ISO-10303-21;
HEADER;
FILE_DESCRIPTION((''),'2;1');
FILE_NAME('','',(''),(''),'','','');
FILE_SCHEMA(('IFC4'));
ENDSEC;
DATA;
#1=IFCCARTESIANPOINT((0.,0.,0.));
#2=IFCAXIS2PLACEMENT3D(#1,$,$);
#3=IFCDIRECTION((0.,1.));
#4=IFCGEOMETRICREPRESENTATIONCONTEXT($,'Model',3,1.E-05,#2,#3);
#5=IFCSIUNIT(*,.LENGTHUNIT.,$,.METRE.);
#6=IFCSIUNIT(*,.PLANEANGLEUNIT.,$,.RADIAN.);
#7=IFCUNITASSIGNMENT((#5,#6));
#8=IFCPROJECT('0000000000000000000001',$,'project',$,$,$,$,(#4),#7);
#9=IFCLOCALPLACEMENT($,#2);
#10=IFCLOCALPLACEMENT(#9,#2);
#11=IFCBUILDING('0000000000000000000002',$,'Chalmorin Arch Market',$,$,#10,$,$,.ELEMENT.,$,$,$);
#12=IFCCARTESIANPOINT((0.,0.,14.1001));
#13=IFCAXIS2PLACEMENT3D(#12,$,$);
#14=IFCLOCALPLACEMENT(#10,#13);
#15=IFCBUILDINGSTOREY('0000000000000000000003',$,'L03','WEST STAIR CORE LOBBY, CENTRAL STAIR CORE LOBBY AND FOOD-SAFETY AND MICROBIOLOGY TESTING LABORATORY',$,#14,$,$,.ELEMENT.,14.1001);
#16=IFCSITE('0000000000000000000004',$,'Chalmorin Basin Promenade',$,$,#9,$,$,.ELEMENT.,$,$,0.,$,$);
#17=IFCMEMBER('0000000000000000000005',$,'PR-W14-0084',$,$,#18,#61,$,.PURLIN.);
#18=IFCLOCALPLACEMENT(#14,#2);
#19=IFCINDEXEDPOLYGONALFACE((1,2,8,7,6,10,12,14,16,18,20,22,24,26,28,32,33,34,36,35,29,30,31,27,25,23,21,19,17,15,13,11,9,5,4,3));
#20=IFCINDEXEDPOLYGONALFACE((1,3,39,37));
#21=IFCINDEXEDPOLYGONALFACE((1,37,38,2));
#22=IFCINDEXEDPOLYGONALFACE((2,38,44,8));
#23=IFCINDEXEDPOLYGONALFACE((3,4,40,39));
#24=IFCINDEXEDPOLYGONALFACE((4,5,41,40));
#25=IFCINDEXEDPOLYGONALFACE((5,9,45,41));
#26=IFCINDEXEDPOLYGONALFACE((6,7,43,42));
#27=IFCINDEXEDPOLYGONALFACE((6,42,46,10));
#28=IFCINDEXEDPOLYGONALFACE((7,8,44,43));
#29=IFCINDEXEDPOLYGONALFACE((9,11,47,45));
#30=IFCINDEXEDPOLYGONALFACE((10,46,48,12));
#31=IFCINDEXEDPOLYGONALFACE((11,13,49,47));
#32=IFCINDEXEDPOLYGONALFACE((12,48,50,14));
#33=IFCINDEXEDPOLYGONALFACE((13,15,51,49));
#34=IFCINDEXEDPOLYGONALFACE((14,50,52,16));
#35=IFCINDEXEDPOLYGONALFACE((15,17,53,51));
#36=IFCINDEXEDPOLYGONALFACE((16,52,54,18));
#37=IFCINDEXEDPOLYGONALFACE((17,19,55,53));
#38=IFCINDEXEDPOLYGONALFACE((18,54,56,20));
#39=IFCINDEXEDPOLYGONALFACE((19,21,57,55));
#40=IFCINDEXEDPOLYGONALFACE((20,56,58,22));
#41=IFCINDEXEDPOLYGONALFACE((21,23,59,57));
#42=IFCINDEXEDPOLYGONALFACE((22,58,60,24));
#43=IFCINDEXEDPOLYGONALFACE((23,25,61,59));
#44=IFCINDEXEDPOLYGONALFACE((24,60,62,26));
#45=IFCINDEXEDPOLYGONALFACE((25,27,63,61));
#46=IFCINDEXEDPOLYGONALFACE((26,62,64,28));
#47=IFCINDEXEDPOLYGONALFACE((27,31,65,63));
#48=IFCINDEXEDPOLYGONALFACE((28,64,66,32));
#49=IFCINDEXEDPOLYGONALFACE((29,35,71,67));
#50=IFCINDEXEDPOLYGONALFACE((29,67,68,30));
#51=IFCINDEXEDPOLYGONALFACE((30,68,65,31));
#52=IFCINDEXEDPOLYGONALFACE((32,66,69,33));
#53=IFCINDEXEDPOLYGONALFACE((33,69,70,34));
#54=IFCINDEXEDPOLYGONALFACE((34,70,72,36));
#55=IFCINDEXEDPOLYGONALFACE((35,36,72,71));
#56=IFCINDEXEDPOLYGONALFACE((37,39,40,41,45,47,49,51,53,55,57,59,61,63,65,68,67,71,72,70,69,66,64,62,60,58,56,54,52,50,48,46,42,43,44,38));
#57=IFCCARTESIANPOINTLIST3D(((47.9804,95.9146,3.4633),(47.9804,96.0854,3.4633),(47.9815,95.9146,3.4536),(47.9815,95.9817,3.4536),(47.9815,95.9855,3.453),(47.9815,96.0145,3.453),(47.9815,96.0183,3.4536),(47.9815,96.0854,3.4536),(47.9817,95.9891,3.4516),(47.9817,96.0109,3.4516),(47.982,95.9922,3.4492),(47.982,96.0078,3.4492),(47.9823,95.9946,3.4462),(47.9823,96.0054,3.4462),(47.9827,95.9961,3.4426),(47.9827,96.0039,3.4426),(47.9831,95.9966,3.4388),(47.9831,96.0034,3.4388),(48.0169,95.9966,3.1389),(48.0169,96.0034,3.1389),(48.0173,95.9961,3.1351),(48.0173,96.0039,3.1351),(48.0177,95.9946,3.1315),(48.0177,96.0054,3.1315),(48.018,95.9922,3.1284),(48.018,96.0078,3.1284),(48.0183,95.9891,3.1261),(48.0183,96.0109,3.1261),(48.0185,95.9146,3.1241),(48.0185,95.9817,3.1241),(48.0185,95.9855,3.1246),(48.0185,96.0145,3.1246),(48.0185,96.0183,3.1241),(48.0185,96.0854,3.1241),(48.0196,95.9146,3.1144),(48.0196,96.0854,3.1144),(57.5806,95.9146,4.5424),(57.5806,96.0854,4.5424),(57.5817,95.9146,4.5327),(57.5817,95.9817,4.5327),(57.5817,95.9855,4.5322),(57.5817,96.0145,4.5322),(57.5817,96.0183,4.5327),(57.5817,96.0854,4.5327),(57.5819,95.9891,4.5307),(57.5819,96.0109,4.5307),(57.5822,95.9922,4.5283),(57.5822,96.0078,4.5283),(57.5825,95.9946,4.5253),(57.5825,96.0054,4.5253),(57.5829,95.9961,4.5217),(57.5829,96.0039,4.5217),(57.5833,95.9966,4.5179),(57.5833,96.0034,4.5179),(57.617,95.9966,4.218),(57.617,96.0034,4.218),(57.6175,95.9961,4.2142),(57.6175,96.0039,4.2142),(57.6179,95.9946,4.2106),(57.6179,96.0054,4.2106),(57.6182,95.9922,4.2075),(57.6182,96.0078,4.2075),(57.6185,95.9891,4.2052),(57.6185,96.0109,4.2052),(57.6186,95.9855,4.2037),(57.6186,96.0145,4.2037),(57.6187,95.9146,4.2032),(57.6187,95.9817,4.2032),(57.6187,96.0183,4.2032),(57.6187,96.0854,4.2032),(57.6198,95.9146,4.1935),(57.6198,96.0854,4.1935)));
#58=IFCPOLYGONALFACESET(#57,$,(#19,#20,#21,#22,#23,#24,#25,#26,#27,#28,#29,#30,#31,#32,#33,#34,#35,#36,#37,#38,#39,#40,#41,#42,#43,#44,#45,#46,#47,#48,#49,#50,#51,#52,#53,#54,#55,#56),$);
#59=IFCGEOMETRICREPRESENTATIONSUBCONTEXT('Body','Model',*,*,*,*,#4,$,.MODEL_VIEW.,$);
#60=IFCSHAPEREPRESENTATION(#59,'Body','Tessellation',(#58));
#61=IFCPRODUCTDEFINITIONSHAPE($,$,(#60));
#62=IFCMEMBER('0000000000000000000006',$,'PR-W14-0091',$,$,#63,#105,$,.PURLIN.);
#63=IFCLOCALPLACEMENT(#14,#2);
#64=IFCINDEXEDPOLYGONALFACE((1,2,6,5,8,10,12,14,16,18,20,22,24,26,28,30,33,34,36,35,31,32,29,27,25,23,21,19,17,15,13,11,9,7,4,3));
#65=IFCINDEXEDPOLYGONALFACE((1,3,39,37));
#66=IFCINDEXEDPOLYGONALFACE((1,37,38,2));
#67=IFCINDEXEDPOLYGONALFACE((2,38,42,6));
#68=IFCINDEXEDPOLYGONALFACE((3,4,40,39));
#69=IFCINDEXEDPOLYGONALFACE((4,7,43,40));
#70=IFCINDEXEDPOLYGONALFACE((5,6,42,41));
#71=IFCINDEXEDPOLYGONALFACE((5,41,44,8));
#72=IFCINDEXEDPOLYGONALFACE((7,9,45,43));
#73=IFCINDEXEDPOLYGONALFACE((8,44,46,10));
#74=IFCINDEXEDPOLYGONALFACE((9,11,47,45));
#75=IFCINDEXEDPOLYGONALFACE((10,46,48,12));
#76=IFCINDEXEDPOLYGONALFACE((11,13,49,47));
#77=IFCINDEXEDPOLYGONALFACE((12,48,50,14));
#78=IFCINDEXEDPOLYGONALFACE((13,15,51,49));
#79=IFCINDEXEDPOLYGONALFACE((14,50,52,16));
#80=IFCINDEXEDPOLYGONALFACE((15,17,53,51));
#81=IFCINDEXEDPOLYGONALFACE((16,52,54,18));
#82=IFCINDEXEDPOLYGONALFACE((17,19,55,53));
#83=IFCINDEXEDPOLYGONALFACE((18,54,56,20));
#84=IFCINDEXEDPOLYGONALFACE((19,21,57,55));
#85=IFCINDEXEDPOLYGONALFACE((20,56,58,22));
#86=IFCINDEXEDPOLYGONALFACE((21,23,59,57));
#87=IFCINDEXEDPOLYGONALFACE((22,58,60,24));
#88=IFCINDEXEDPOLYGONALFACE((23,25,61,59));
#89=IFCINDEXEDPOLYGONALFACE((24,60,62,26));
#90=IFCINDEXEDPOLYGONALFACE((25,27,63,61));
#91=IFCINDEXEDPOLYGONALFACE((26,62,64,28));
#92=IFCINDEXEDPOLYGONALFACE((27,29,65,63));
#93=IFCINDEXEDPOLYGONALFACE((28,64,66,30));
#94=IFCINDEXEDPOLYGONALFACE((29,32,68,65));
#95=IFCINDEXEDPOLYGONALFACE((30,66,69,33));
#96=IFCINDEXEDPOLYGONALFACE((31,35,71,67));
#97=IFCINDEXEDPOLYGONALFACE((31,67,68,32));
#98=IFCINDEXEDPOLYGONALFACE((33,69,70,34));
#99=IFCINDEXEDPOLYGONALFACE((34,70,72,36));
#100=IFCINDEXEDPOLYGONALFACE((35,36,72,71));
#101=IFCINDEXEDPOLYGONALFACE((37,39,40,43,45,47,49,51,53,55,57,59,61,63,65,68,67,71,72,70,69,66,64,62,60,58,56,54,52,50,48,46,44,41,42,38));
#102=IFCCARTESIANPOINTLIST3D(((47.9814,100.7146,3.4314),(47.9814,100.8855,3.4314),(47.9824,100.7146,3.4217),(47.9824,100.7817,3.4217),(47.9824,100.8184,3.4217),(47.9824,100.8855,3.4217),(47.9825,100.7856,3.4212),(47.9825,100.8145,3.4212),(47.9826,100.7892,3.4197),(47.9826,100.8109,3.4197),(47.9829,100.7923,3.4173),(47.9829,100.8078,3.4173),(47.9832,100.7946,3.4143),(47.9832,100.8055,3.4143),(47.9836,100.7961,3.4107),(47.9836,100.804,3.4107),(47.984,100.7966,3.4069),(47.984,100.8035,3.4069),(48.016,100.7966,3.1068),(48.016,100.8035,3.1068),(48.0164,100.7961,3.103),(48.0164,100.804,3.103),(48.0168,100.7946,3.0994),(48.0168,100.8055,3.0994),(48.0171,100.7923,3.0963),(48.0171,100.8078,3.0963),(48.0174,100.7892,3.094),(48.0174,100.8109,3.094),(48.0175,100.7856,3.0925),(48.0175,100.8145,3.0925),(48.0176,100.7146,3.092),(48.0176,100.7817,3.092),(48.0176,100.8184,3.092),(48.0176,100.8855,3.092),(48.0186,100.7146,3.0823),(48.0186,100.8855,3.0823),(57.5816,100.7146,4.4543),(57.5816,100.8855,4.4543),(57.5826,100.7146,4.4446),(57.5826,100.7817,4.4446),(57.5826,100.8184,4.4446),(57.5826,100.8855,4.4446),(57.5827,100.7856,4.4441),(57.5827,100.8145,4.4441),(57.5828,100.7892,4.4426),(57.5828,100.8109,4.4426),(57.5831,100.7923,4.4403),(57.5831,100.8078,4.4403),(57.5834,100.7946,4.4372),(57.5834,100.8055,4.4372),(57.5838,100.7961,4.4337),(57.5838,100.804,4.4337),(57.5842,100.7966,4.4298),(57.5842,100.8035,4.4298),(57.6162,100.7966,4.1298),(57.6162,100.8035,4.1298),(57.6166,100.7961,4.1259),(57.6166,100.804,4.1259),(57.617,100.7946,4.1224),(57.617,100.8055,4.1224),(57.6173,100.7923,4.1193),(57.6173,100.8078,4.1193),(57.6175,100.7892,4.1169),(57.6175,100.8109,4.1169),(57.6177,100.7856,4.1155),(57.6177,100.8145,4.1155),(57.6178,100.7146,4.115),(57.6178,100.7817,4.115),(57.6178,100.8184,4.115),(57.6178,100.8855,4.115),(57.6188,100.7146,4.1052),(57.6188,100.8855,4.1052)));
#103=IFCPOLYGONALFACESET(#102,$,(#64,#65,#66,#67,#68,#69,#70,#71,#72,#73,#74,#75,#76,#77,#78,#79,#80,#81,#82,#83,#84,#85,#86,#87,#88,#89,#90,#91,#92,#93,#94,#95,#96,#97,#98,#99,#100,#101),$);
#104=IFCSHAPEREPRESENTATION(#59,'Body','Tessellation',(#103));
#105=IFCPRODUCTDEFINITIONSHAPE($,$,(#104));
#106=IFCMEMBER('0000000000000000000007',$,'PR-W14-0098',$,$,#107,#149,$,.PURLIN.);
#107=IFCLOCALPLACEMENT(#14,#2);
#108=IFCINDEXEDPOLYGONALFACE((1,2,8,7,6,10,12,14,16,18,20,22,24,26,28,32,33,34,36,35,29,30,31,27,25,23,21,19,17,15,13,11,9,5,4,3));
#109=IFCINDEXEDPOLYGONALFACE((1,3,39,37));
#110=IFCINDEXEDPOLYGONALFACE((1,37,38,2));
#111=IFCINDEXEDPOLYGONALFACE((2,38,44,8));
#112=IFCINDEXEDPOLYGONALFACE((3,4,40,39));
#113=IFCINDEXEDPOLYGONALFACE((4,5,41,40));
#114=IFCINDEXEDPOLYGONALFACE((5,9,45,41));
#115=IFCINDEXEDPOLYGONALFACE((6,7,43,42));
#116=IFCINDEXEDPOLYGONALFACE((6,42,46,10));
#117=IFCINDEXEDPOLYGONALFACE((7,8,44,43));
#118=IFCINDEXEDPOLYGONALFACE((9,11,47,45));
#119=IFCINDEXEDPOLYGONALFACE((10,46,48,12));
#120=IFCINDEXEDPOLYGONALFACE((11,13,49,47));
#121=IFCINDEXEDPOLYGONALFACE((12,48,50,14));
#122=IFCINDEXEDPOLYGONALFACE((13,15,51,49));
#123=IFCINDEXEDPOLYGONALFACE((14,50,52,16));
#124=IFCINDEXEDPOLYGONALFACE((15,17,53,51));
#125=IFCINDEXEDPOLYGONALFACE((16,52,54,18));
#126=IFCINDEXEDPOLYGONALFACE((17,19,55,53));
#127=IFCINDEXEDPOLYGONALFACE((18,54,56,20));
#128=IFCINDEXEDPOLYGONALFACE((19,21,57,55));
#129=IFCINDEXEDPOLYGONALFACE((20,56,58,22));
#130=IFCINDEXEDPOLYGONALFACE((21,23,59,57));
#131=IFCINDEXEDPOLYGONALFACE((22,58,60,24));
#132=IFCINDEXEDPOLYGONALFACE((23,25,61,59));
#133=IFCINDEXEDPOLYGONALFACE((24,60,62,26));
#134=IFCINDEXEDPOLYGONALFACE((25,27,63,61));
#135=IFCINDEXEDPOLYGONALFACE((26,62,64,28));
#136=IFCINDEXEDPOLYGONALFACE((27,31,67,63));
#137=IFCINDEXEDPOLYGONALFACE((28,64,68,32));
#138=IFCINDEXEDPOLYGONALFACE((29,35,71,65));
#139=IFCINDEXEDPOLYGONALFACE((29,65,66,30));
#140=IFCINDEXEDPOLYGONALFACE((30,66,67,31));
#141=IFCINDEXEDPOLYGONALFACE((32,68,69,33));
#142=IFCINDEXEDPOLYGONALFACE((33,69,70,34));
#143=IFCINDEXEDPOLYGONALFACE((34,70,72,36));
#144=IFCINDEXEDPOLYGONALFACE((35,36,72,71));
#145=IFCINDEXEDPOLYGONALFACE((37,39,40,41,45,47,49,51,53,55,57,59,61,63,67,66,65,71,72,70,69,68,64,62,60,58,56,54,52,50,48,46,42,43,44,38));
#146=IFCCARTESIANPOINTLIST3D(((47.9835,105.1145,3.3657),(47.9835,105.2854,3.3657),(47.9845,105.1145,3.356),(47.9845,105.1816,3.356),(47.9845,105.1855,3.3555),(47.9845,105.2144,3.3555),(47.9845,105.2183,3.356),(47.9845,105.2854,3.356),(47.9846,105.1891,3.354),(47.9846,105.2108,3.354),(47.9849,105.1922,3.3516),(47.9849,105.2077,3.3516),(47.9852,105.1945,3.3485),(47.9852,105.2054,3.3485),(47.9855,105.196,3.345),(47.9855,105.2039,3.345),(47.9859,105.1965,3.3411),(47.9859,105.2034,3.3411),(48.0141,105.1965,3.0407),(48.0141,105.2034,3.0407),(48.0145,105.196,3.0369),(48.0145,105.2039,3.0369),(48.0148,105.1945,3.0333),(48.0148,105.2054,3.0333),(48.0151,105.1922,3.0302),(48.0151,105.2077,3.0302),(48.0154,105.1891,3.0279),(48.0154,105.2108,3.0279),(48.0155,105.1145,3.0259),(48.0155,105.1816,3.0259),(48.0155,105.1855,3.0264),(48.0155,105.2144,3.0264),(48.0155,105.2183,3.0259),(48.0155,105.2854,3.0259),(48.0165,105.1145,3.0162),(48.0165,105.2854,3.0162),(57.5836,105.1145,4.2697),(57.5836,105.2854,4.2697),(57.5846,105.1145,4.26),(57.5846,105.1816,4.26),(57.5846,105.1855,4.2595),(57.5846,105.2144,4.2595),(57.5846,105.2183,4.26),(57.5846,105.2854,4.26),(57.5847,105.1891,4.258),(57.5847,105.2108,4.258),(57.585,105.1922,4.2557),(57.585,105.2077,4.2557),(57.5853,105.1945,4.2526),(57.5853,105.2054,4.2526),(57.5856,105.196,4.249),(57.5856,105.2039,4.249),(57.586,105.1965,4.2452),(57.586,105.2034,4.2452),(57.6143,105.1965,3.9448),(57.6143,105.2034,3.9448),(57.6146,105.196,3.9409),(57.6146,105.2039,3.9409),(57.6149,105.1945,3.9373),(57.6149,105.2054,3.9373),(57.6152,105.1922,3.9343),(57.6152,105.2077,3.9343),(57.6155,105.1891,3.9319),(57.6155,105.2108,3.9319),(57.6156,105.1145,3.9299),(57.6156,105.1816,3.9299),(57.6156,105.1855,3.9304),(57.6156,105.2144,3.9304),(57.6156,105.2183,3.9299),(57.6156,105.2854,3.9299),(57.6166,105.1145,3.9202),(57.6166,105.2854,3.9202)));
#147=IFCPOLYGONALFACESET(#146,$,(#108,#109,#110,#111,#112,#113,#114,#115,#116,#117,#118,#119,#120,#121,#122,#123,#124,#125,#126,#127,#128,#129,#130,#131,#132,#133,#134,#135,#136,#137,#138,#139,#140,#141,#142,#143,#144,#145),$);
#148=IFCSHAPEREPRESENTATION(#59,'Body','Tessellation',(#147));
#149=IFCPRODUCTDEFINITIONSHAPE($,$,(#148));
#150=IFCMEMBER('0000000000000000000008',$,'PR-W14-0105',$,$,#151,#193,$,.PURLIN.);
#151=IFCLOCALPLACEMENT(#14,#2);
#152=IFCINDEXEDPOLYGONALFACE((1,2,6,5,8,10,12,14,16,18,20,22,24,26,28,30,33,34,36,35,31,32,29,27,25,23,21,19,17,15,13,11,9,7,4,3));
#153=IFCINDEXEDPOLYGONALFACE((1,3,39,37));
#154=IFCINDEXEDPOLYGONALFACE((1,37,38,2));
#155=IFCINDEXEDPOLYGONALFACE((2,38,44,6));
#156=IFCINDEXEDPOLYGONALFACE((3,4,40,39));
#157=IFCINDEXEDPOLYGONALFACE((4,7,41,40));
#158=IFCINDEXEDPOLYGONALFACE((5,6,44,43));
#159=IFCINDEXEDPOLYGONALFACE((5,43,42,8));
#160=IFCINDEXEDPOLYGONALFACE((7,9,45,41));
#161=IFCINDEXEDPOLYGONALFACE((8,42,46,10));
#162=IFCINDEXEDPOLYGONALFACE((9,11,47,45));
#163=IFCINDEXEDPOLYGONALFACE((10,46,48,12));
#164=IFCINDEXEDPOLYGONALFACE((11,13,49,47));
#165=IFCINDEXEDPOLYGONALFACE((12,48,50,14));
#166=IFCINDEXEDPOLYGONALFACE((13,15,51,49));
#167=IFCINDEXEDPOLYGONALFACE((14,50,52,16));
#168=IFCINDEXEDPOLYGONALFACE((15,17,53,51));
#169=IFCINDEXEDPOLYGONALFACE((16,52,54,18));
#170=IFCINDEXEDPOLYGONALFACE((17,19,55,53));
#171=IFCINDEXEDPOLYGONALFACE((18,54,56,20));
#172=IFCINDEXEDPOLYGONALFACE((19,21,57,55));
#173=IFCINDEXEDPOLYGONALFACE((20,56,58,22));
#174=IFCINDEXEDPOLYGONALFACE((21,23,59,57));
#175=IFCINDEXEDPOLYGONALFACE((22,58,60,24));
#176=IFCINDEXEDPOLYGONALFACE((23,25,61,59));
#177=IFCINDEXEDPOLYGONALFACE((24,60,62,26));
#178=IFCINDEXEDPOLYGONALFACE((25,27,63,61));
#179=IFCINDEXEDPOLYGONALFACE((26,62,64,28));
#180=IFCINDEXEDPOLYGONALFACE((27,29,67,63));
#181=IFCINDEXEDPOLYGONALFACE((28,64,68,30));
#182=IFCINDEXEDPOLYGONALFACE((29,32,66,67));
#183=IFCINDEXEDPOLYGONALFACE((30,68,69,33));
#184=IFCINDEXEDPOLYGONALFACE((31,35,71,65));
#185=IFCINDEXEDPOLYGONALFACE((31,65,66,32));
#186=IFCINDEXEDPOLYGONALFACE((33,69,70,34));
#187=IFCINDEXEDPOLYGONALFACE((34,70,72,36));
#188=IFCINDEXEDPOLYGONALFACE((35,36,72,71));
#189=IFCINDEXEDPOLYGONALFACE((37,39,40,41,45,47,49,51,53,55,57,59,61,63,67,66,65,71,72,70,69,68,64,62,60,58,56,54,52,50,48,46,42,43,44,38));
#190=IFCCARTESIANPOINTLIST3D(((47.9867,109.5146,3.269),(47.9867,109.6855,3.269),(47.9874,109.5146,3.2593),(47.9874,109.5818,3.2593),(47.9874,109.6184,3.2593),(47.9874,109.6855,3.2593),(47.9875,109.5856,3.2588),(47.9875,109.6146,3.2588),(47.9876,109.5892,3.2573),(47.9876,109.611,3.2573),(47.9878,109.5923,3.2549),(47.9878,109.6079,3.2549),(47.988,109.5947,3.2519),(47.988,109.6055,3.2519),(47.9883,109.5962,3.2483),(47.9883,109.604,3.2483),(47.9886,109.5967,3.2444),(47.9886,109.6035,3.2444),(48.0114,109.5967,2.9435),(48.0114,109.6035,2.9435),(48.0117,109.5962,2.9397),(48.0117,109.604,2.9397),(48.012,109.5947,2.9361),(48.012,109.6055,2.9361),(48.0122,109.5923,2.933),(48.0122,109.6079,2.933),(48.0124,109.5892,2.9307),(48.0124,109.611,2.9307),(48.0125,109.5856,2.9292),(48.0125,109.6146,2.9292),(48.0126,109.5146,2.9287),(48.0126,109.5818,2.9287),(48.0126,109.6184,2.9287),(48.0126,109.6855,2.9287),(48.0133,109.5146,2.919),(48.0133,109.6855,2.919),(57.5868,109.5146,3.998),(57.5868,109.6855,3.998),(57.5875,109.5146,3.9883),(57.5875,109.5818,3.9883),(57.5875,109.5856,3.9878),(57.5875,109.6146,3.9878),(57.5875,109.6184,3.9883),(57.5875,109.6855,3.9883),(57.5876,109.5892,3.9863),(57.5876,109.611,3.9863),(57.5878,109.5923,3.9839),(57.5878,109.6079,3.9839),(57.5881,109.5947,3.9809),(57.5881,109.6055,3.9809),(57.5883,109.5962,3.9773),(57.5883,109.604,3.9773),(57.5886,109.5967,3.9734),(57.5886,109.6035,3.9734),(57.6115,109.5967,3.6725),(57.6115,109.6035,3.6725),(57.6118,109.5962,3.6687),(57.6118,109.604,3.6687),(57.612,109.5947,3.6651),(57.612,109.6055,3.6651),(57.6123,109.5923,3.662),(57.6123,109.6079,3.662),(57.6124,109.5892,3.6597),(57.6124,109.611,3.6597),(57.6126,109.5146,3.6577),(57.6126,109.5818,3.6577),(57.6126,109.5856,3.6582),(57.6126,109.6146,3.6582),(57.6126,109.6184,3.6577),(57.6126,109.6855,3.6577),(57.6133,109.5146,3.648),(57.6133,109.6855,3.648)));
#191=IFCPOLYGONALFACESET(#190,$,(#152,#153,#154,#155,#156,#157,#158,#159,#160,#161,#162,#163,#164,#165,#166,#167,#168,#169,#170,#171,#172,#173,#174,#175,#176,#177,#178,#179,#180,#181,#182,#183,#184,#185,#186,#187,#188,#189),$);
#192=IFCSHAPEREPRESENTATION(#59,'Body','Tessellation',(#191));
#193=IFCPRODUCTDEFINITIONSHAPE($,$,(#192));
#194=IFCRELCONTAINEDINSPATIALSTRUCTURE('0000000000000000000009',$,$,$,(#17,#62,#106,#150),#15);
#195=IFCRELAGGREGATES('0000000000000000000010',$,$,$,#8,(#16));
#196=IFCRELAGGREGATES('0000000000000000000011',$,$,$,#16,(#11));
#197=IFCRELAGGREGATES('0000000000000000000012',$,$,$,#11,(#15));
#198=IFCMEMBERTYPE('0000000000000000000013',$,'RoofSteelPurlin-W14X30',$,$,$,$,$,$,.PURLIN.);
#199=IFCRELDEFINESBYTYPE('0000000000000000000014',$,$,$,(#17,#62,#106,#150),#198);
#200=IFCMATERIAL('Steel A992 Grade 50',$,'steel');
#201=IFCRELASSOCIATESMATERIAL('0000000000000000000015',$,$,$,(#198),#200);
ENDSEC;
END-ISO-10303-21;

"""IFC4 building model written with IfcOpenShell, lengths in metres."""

from ifc_helpers import new_model, si_unit, direction, frame, origin, origin_2d, place, context, subcontext, project, spatial, i_section, extrude, material, material_profile, profile_set, type_object, element, save


model = new_model("IFC4")

# Units and contexts
model_context = context("Model", 3, precision=1e-05, world=origin(), true_north=direction((0.0, 1.0)))
body_context = subcontext(model_context, "Body", "Model", "MODEL_VIEW")
ifc_project = project(units=[si_unit("LENGTHUNIT", "METRE"), si_unit("PLANEANGLEUNIT", "RADIAN")], contexts=[model_context])

# Site, building, storey
site_placement = place(None, origin())
site = spatial("IfcSite", under=ifc_project, at=site_placement, Name="Chalmorin Basin Promenade", CompositionType="ELEMENT", RefElevation=0.0)
building_placement = place(site_placement, origin())
building = spatial("IfcBuilding", under=site, at=building_placement, Name="Chalmorin Arch Market", CompositionType="ELEMENT")
storey_placement = place(building_placement, frame((0.0, 0.0, 14.1001)))
storey = spatial("IfcBuildingStorey", under=building, at=storey_placement, Name="L03", Description="WEST STAIR CORE LOBBY, CENTRAL STAIR CORE LOBBY AND FOOD-SAFETY AND MICROBIOLOGY TESTING LABORATORY", CompositionType="ELEMENT", Elevation=14.1001)

# Shared definitions
ifc_material_1 = material(Name="Steel A992 Grade 50", Category="steel")

# Members
ifc_material_profile_1 = material_profile(ifc_material_1, i_section(OverallWidth=0.1709, OverallDepth=0.3511, WebThickness=0.0068, FlangeThickness=0.0098, FilletRadius=0.0149, at=origin_2d()), Name="W14X30")
ifc_profile_set_1 = profile_set([ifc_material_profile_1], Name="Steel A992 Grade 50")
member_type_1 = type_object("IfcMemberType", Name="RoofSteelPurlin-W14X30", PredefinedType="PURLIN", material=ifc_profile_set_1)
member_1_placement = place(storey_placement, frame((48.0, 96.0, 3.2888), z_axis=(0.993742, 0.0, 0.111702), x_axis=(0.0, 1.0, 0.0)))
element("IfcMember", 1, at=member_1_placement, inside=storey, type_object=member_type_1, Name="PR-W14-0084", PredefinedType="PURLIN", context=body_context, shape_type="SweptSolid", body=[
    extrude(i_section(OverallWidth=0.1709, OverallDepth=0.3511, WebThickness=0.0068, FlangeThickness=0.0098, FilletRadius=0.0149, at=origin_2d()), origin(), (0.0, 0.0, 1.0), 9.6606),
])
member_2_placement = place(storey_placement, frame((48.0, 100.8, 3.2568), z_axis=(0.994371, 0.0, 0.105956), x_axis=(0.0, 1.0, 0.0)))
element("IfcMember", 2, at=member_2_placement, inside=storey, type_object=member_type_1, Name="PR-W14-0091", PredefinedType="PURLIN", context=body_context, shape_type="SweptSolid", body=[
    extrude(i_section(OverallWidth=0.1709, OverallDepth=0.3511, WebThickness=0.0068, FlangeThickness=0.0098, FilletRadius=0.0149, at=origin_2d()), origin(), (0.0, 0.0, 1.0), 9.6545),
])
member_3_placement = place(storey_placement, frame((48.0, 105.2, 3.1909), z_axis=(0.995595, 0.0, 0.093756), x_axis=(0.0, 1.0, 0.0)))
element("IfcMember", 3, at=member_3_placement, inside=storey, type_object=member_type_1, Name="PR-W14-0098", PredefinedType="PURLIN", context=body_context, shape_type="SweptSolid", body=[
    extrude(i_section(OverallWidth=0.1709, OverallDepth=0.3511, WebThickness=0.0068, FlangeThickness=0.0098, FilletRadius=0.0149, at=origin_2d()), origin(), (0.0, 0.0, 1.0), 9.6426),
])
member_4_placement = place(storey_placement, frame((48.0, 109.6001, 3.094), z_axis=(0.997129, 0.0, 0.075719), x_axis=(0.0, 1.0, 0.0)))
element("IfcMember", 4, at=member_4_placement, inside=storey, type_object=member_type_1, Name="PR-W14-0105", PredefinedType="PURLIN", context=body_context, shape_type="SweptSolid", body=[
    extrude(i_section(OverallWidth=0.1709, OverallDepth=0.3511, WebThickness=0.0068, FlangeThickness=0.0098, FilletRadius=0.0149, at=origin_2d()), origin(), (0.0, 0.0, 1.0), 9.6277),
])

save(model, "model.ifc")
